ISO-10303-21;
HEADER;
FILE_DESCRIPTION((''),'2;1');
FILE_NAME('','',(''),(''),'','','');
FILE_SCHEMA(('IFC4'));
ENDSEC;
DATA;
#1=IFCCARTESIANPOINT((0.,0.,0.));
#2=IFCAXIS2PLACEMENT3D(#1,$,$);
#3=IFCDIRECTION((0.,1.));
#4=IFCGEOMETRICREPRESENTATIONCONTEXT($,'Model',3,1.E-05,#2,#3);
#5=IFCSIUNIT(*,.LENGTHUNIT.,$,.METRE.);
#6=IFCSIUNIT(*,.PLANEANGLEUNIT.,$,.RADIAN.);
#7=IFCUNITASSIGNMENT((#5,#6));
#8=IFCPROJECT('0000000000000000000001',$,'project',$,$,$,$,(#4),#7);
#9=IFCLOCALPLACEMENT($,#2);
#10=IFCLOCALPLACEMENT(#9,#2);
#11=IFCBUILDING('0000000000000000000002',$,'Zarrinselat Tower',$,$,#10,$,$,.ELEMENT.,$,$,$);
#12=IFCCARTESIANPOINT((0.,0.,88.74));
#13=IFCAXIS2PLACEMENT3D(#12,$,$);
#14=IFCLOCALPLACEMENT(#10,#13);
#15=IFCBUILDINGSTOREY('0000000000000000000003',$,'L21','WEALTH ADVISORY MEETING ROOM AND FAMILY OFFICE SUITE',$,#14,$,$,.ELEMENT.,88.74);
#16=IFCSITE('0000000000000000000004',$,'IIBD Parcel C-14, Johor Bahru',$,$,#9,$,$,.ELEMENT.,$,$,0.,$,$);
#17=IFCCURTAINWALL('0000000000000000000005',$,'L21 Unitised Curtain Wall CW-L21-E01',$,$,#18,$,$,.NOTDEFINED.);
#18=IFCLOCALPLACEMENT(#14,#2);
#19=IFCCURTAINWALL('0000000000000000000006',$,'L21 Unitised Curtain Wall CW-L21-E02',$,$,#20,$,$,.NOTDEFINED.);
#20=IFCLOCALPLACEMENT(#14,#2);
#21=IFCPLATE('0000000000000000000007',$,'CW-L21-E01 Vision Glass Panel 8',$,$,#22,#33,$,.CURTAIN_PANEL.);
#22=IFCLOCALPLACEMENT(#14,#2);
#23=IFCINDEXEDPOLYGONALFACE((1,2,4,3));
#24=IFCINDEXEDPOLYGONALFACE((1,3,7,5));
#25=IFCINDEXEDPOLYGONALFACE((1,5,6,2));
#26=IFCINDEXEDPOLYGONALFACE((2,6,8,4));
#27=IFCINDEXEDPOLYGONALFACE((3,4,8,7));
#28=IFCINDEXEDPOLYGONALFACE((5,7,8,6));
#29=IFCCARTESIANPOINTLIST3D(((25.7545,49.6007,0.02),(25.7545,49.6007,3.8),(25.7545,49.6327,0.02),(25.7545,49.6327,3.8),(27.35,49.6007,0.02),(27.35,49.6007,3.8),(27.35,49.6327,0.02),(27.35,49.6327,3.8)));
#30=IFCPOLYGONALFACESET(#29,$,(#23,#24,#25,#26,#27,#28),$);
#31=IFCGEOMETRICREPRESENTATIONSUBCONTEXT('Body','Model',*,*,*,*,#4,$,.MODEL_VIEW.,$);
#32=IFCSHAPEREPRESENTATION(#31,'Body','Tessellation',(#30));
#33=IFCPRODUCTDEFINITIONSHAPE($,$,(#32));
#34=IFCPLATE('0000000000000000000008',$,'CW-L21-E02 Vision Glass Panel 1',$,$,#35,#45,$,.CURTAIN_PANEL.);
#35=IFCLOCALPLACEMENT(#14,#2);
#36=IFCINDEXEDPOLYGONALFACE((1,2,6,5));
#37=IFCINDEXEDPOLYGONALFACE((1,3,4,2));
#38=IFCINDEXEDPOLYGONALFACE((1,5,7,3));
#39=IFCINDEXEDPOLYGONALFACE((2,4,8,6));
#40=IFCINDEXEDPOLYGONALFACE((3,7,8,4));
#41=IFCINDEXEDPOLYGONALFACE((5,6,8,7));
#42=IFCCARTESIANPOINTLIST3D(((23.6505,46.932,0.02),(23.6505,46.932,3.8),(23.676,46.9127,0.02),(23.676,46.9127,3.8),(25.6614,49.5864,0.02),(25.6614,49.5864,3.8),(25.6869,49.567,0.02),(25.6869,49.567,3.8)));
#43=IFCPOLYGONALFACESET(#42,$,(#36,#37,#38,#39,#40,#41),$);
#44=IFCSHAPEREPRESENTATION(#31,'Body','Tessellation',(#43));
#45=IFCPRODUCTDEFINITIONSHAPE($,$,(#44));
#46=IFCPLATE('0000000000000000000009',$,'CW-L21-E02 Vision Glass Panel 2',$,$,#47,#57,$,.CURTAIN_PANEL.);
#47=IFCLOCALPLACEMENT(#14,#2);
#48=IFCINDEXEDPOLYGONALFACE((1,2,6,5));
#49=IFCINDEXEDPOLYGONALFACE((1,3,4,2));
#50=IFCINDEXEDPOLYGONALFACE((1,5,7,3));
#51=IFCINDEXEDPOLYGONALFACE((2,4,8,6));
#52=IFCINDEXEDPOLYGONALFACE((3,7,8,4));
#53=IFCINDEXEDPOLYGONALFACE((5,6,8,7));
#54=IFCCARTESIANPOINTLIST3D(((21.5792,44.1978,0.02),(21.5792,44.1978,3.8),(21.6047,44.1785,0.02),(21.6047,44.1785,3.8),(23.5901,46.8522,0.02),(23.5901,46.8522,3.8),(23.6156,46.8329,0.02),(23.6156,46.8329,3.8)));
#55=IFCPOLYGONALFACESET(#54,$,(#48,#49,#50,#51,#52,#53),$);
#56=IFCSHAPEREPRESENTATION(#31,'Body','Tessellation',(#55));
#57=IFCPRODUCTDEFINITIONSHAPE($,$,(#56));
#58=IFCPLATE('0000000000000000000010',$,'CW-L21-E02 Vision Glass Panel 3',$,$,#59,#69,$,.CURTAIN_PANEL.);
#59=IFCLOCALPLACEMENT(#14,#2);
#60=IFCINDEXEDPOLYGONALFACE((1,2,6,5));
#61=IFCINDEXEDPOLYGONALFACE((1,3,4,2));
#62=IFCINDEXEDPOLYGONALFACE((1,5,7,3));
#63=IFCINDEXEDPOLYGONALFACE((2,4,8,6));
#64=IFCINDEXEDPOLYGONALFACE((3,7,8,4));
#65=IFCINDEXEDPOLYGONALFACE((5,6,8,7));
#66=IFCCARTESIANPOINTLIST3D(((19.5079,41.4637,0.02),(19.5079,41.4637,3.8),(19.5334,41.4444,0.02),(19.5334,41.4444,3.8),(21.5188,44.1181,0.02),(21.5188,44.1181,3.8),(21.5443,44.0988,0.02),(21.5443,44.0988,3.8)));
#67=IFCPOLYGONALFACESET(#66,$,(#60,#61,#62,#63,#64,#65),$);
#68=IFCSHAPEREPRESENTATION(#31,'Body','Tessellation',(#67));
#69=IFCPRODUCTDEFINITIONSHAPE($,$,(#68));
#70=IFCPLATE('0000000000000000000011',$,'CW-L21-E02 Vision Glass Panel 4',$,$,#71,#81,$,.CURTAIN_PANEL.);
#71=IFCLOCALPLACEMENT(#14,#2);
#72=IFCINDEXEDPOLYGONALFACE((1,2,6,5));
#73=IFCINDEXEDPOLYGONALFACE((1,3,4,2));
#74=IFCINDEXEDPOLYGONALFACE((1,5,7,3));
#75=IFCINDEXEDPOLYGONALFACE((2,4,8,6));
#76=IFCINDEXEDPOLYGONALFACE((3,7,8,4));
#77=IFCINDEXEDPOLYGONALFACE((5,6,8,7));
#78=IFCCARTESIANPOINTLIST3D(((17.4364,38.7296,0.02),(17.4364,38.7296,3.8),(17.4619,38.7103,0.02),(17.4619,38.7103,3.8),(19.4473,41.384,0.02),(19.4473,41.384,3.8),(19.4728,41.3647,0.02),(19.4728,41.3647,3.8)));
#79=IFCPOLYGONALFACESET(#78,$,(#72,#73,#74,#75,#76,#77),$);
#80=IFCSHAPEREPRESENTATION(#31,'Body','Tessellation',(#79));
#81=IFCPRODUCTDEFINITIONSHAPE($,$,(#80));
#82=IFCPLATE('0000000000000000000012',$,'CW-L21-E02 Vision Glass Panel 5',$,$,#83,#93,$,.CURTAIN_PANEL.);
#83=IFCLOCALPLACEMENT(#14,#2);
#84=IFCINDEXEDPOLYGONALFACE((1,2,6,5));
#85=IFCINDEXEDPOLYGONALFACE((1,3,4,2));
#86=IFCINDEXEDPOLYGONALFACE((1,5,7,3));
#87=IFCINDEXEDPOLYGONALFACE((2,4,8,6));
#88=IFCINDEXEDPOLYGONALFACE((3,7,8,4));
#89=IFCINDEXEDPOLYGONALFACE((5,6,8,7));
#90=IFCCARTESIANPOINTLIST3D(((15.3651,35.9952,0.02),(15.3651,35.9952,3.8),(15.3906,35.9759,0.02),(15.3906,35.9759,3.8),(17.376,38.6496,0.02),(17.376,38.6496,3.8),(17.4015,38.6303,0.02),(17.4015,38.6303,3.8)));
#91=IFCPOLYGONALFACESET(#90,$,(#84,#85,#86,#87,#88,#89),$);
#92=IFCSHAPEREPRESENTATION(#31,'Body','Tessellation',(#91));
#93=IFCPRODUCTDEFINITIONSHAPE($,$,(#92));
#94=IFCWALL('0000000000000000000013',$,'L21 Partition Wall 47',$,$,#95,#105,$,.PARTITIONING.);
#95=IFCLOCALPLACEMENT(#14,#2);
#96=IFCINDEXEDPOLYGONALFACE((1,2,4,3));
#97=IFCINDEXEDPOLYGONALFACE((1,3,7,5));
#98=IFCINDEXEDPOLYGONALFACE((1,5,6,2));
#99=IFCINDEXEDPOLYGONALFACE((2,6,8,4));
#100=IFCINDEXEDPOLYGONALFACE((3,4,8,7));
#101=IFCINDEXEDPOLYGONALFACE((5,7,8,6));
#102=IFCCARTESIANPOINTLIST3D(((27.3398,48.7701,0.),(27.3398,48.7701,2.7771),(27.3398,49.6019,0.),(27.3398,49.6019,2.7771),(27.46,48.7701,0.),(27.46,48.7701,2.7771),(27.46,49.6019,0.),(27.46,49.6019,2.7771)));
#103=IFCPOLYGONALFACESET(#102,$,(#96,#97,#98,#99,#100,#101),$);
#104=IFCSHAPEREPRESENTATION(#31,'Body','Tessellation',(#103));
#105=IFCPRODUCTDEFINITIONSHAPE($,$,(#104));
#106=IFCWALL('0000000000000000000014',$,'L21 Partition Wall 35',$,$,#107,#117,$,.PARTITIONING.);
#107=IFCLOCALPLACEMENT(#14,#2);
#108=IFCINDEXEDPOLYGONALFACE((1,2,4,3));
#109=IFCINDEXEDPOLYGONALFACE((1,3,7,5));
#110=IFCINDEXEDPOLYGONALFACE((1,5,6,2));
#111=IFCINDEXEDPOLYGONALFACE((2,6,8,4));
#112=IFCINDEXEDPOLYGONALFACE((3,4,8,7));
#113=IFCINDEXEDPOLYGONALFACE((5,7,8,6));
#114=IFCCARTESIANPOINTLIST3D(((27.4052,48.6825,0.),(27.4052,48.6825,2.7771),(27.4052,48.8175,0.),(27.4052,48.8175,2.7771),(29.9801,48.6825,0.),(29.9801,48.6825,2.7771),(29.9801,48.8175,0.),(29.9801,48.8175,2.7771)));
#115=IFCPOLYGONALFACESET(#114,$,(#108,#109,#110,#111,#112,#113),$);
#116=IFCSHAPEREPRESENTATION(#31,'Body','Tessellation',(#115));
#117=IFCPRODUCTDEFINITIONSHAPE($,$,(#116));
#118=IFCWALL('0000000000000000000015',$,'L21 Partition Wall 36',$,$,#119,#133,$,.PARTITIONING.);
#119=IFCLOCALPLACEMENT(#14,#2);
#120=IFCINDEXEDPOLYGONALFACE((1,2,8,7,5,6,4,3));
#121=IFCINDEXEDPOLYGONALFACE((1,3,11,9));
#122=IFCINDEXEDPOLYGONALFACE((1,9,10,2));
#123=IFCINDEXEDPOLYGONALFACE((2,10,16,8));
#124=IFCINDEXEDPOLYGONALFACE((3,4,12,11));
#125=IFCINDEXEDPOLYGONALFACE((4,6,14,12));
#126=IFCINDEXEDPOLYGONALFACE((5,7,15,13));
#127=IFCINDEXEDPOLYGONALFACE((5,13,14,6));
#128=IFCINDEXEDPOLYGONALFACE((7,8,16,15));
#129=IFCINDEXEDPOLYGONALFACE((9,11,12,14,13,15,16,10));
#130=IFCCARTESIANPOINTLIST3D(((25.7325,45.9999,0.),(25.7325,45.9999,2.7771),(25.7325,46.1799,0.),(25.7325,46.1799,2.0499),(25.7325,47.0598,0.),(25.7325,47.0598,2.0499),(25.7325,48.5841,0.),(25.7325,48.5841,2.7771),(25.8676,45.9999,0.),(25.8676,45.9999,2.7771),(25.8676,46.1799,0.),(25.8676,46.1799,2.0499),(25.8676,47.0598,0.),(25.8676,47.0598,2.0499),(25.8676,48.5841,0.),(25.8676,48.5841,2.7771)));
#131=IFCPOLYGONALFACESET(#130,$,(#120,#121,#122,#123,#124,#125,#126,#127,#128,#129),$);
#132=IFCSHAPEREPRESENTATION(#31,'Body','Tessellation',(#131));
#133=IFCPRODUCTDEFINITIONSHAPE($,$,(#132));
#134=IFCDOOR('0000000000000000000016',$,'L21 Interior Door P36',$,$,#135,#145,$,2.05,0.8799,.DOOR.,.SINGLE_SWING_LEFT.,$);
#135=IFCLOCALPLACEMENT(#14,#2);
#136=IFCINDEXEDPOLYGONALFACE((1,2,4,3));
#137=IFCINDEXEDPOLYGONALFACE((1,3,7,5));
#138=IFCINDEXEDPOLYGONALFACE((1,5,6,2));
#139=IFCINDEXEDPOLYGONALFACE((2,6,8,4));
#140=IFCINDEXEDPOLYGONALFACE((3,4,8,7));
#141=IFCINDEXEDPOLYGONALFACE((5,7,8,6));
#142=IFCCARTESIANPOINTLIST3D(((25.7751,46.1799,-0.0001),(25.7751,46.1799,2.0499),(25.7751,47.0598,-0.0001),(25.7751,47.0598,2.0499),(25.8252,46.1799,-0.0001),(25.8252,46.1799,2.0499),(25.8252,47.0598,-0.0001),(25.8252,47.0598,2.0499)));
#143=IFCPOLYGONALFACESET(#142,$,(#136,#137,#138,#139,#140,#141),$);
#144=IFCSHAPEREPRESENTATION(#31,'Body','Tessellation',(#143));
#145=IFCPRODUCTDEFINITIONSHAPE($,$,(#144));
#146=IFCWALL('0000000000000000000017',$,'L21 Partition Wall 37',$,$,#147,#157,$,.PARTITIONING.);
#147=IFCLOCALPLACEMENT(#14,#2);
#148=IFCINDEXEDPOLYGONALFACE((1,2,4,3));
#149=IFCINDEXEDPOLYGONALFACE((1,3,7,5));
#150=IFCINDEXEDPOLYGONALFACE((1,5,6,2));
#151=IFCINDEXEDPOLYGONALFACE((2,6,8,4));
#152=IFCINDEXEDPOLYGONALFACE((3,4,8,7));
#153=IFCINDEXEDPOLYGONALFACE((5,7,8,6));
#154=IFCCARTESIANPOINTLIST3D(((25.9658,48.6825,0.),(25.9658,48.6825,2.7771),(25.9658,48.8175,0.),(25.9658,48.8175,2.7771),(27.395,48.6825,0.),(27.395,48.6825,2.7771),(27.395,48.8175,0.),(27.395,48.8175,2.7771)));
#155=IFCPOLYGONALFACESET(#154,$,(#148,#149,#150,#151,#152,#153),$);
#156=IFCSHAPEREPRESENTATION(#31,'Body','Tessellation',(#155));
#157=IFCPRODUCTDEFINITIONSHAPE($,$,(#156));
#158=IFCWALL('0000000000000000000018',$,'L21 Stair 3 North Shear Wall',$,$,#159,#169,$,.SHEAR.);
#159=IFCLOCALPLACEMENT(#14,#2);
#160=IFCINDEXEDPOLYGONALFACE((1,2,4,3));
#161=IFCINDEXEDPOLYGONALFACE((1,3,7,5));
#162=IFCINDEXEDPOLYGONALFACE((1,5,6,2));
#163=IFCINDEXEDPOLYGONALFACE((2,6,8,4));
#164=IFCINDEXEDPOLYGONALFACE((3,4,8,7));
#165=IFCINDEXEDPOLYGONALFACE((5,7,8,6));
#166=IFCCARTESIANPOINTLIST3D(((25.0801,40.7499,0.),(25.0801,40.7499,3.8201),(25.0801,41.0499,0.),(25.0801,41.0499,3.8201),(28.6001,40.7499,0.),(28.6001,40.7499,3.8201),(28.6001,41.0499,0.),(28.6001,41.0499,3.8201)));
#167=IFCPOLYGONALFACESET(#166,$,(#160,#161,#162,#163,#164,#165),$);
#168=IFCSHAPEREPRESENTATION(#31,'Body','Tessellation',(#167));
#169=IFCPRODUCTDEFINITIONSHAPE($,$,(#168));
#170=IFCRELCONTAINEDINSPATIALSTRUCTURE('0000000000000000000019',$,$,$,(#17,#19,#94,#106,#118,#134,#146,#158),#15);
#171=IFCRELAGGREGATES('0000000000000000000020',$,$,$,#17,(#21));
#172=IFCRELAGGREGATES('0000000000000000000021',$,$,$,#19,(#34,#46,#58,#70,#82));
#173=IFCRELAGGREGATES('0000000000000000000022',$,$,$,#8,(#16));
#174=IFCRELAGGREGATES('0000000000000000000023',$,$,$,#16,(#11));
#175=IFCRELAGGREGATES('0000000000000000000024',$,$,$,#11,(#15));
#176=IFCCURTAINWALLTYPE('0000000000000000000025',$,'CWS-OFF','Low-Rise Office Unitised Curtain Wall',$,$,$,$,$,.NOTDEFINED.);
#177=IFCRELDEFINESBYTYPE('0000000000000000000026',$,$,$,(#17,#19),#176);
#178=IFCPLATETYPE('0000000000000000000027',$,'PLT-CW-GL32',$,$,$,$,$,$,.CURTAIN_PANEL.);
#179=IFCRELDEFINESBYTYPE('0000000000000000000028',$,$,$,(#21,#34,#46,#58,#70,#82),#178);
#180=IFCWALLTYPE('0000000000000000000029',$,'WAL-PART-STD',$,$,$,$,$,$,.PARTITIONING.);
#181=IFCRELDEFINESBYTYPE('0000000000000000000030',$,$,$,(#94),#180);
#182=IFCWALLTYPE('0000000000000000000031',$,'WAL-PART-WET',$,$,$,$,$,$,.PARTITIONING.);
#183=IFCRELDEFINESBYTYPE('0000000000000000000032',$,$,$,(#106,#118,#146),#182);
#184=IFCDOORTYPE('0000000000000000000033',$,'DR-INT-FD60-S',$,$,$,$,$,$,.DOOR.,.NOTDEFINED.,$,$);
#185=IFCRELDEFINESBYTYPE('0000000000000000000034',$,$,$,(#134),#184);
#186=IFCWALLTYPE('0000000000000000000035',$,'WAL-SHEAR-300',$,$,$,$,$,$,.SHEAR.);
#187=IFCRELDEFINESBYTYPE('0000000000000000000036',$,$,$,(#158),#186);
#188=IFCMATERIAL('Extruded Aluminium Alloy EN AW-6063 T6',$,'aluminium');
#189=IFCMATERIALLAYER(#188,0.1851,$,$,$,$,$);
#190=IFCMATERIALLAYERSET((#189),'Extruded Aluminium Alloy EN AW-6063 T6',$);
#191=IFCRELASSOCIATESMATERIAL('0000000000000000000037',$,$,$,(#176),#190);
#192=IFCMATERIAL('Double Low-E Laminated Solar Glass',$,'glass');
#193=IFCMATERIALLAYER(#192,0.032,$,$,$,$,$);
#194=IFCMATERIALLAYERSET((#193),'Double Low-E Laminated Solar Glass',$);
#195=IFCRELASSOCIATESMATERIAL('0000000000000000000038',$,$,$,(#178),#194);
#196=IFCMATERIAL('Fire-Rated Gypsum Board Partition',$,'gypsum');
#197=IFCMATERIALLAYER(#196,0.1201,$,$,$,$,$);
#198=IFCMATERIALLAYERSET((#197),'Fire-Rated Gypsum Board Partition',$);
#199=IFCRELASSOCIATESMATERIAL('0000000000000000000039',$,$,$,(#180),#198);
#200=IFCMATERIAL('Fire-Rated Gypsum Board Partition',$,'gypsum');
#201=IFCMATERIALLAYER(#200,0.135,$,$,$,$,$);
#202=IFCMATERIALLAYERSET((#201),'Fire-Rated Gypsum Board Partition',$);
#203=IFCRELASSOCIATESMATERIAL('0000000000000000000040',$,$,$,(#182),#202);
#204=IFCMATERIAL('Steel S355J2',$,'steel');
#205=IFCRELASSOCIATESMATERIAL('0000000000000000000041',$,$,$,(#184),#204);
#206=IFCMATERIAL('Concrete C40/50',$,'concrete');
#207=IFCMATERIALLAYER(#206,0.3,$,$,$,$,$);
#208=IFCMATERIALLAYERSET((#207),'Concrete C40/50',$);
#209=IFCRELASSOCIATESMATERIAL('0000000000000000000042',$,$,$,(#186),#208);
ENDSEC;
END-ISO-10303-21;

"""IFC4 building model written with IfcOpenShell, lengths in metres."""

from ifc_helpers import new_model, si_unit, direction, frame, frame_2d, origin, origin_2d, place, context, subcontext, project, spatial, rectangle, extrude, material, layer, layer_set, type_object, element, fill, aggregate, save


model = new_model("IFC4")

# Units and contexts
model_context = context("Model", 3, precision=1e-05, world=origin(), true_north=direction((0.0, 1.0)))
body_context = subcontext(model_context, "Body", "Model", "MODEL_VIEW")
ifc_project = project(units=[si_unit("LENGTHUNIT", "METRE"), si_unit("PLANEANGLEUNIT", "RADIAN")], contexts=[model_context])

# Site, building, storey
site_placement = place(None, origin())
site = spatial("IfcSite", under=ifc_project, at=site_placement, Name="IIBD Parcel C-14, Johor Bahru", CompositionType="ELEMENT", RefElevation=0.0)
building_placement = place(site_placement, origin())
building = spatial("IfcBuilding", under=site, at=building_placement, Name="Zarrinselat Tower", CompositionType="ELEMENT")
storey_placement = place(building_placement, frame((0.0, 0.0, 88.74)))
storey = spatial("IfcBuildingStorey", under=building, at=storey_placement, Name="L21", Description="WEALTH ADVISORY MEETING ROOM AND FAMILY OFFICE SUITE", CompositionType="ELEMENT", Elevation=88.74)

# Curtain walls
ifc_material_1 = material(Name="Extruded Aluminium Alloy EN AW-6063 T6", Category="aluminium")
ifc_layer_1 = layer(ifc_material_1, 0.1851)
ifc_layer_set_1 = layer_set([ifc_layer_1], Name="Extruded Aluminium Alloy EN AW-6063 T6")
curtain_wall_type = type_object("IfcCurtainWallType", Name="CWS-OFF", Description="Low-Rise Office Unitised Curtain Wall", PredefinedType="NOTDEFINED", material=ifc_layer_set_1)
curtain_wall_1_placement = place(storey_placement, origin())
curtain_wall_1 = element("IfcCurtainWall", 1, at=curtain_wall_1_placement, inside=storey, type_object=curtain_wall_type, Name="L21 Unitised Curtain Wall CW-L21-E01", PredefinedType="NOTDEFINED")
curtain_wall_2_placement = place(storey_placement, origin())
curtain_wall_2 = element("IfcCurtainWall", 2, at=curtain_wall_2_placement, inside=storey, type_object=curtain_wall_type, Name="L21 Unitised Curtain Wall CW-L21-E02", PredefinedType="NOTDEFINED")

# Plates
ifc_material_2 = material(Name="Double Low-E Laminated Solar Glass", Category="glass")
ifc_layer_2 = layer(ifc_material_2, 0.032)
ifc_layer_set_2 = layer_set([ifc_layer_2], Name="Double Low-E Laminated Solar Glass")
plate_type = type_object("IfcPlateType", Name="PLT-CW-GL32", PredefinedType="CURTAIN_PANEL", material=ifc_layer_set_2)
plate_1_placement = place(storey_placement, frame((26.5522, 49.6167, 0.02), z_axis=(0.0, 0.0, 1.0), x_axis=(-1.0, 0.0, 0.0)))
plate_1 = element("IfcPlate", 3, at=plate_1_placement, type_object=plate_type, Name="CW-L21-E01 Vision Glass Panel 8", PredefinedType="CURTAIN_PANEL", context=body_context, shape_type="SweptSolid", body=[
    extrude(rectangle(XDim=1.5955, YDim=0.032, at=origin_2d()), origin(), (0.0, 0.0, 1.0), 3.78),
])
aggregate(curtain_wall_1, [plate_1])
plate_2_placement = place(storey_placement, frame((24.6687, 48.2495, 0.02), z_axis=(0.0, 0.0, 1.0), x_axis=(-0.603857, -0.797093, 0.0)))
plate_2 = element("IfcPlate", 4, at=plate_2_placement, type_object=plate_type, Name="CW-L21-E02 Vision Glass Panel 1", PredefinedType="CURTAIN_PANEL", context=body_context, shape_type="SweptSolid", body=[
    extrude(rectangle(XDim=3.3301, YDim=0.032, at=origin_2d()), origin(), (0.0, 0.0, 1.0), 3.78),
])
plate_3_placement = place(storey_placement, frame((22.5974, 45.5154, 0.02), z_axis=(0.0, 0.0, 1.0), x_axis=(-0.603857, -0.797093, 0.0)))
plate_3 = element("IfcPlate", 5, at=plate_3_placement, type_object=plate_type, Name="CW-L21-E02 Vision Glass Panel 2", PredefinedType="CURTAIN_PANEL", context=body_context, shape_type="SweptSolid", body=[
    extrude(rectangle(XDim=3.3301, YDim=0.032, at=origin_2d()), origin(), (0.0, 0.0, 1.0), 3.78),
])
plate_4_placement = place(storey_placement, frame((20.5261, 42.7812, 0.02), z_axis=(0.0, 0.0, 1.0), x_axis=(-0.603857, -0.797093, 0.0)))
plate_4 = element("IfcPlate", 6, at=plate_4_placement, type_object=plate_type, Name="CW-L21-E02 Vision Glass Panel 3", PredefinedType="CURTAIN_PANEL", context=body_context, shape_type="SweptSolid", body=[
    extrude(rectangle(XDim=3.3301, YDim=0.032, at=origin_2d()), origin(), (0.0, 0.0, 1.0), 3.78),
])
plate_5_placement = place(storey_placement, frame((18.4546, 40.0471, 0.02), z_axis=(0.0, 0.0, 1.0), x_axis=(-0.603857, -0.797093, 0.0)))
plate_5 = element("IfcPlate", 7, at=plate_5_placement, type_object=plate_type, Name="CW-L21-E02 Vision Glass Panel 4", PredefinedType="CURTAIN_PANEL", context=body_context, shape_type="SweptSolid", body=[
    extrude(rectangle(XDim=3.3301, YDim=0.032, at=origin_2d()), origin(), (0.0, 0.0, 1.0), 3.78),
])
plate_6_placement = place(storey_placement, frame((16.3833, 37.3127, 0.02), z_axis=(0.0, 0.0, 1.0), x_axis=(-0.603857, -0.797093, 0.0)))
plate_6 = element("IfcPlate", 8, at=plate_6_placement, type_object=plate_type, Name="CW-L21-E02 Vision Glass Panel 5", PredefinedType="CURTAIN_PANEL", context=body_context, shape_type="SweptSolid", body=[
    extrude(rectangle(XDim=3.3301, YDim=0.032, at=origin_2d()), origin(), (0.0, 0.0, 1.0), 3.78),
])
aggregate(curtain_wall_2, [plate_2, plate_3, plate_4, plate_5, plate_6])

# Walls
ifc_material_3 = material(Name="Fire-Rated Gypsum Board Partition", Category="gypsum")
ifc_layer_3 = layer(ifc_material_3, 0.1201)
ifc_layer_set_3 = layer_set([ifc_layer_3], Name="Fire-Rated Gypsum Board Partition")
wall_type_1 = type_object("IfcWallType", Name="WAL-PART-STD", PredefinedType="PARTITIONING", material=ifc_layer_set_3)
wall_1_placement = place(storey_placement, frame((27.3999, 48.77, 0.0), z_axis=(0.0, 0.0, 1.0), x_axis=(0.0, 1.0, 0.0)))
element("IfcWall", 9, at=wall_1_placement, inside=storey, type_object=wall_type_1, Name="L21 Partition Wall 47", PredefinedType="PARTITIONING", context=body_context, shape_type="SweptSolid", body=[
    extrude(rectangle(XDim=0.8318, YDim=0.1201, at=frame_2d((0.416, 0.0))), origin(), (0.0, 0.0, 1.0), 2.7771),
])
ifc_material_4 = material(Name="Fire-Rated Gypsum Board Partition", Category="gypsum")
ifc_layer_4 = layer(ifc_material_4, 0.135)
ifc_layer_set_4 = layer_set([ifc_layer_4], Name="Fire-Rated Gypsum Board Partition")
wall_type_2 = type_object("IfcWallType", Name="WAL-PART-WET", PredefinedType="PARTITIONING", material=ifc_layer_set_4)
wall_2_placement = place(storey_placement, frame((27.405, 48.75, 0.0), z_axis=(0.0, 0.0, 1.0), x_axis=(1.0, 0.0, 0.0)))
element("IfcWall", 10, at=wall_2_placement, inside=storey, type_object=wall_type_2, Name="L21 Partition Wall 35", PredefinedType="PARTITIONING", context=body_context, shape_type="SweptSolid", body=[
    extrude(rectangle(XDim=2.575, YDim=0.135, at=frame_2d((1.2876, 0.0))), origin(), (0.0, 0.0, 1.0), 2.7771),
])

# Wall, opening, door
wall_3_placement = place(storey_placement, frame((25.8, 46.0, 0.0), z_axis=(0.0, 0.0, 1.0), x_axis=(0.0, 1.0, 0.0)))
wall_3 = element("IfcWall", 11, at=wall_3_placement, inside=storey, type_object=wall_type_2, Name="L21 Partition Wall 36", PredefinedType="PARTITIONING", context=body_context, shape_type="SweptSolid", body=[
    extrude(rectangle(XDim=2.5842, YDim=0.135, at=frame_2d((1.292, 0.0))), origin(), (0.0, 0.0, 1.0), 2.7771),
])
opening_placement = place(wall_3_placement, frame((0.1799, 0.0, 0.0)))
opening = element("IfcOpeningElement", 12, at=opening_placement, cuts=wall_3, PredefinedType="OPENING", context=body_context, shape_type="SweptSolid", body=[
    extrude(rectangle(XDim=0.8799, YDim=2.05, at=frame_2d((0.4399, 1.0249))), frame((0.0, 0.0774, 0.0), z_axis=(0.0, -1.0, 0.0), x_axis=(1.0, 0.0, 0.0)), (0.0, 0.0, 1.0), 0.155),
])
ifc_material_5 = material(Name="Steel S355J2", Category="steel")
door_type = type_object("IfcDoorType", Name="DR-INT-FD60-S", OperationType="NOTDEFINED", PredefinedType="DOOR", material=ifc_material_5)
door_placement = place(opening_placement, origin())
door = element("IfcDoor", 13, at=door_placement, inside=storey, type_object=door_type, Name="L21 Interior Door P36", OperationType="SINGLE_SWING_LEFT", OverallHeight=2.05, OverallWidth=0.8799, PredefinedType="DOOR", context=body_context, shape_type="SweptSolid", body=[
    extrude(rectangle(XDim=0.8799, YDim=2.05, at=frame_2d((0.4399, 1.0249))), frame((0.0, 0.0249, 0.0), z_axis=(0.0, -1.0, 0.0), x_axis=(1.0, 0.0, 0.0)), (0.0, 0.0, 1.0), 0.05),
])
fill(opening, door)

# Walls
wall_4_placement = place(storey_placement, frame((25.9658, 48.75, 0.0), z_axis=(0.0, 0.0, 1.0), x_axis=(1.0, 0.0, 0.0)))
element("IfcWall", 14, at=wall_4_placement, inside=storey, type_object=wall_type_2, Name="L21 Partition Wall 37", PredefinedType="PARTITIONING", context=body_context, shape_type="SweptSolid", body=[
    extrude(rectangle(XDim=1.4292, YDim=0.135, at=frame_2d((0.7146, 0.0))), origin(), (0.0, 0.0, 1.0), 2.7771),
])
ifc_material_6 = material(Name="Concrete C40/50", Category="concrete")
ifc_layer_5 = layer(ifc_material_6, 0.3)
ifc_layer_set_5 = layer_set([ifc_layer_5], Name="Concrete C40/50")
wall_type_3 = type_object("IfcWallType", Name="WAL-SHEAR-300", PredefinedType="SHEAR", material=ifc_layer_set_5)
wall_5_placement = place(storey_placement, frame((25.0801, 40.8999, 0.0), z_axis=(0.0, 0.0, 1.0), x_axis=(1.0, 0.0, 0.0)))
element("IfcWall", 15, at=wall_5_placement, inside=storey, type_object=wall_type_3, Name="L21 Stair 3 North Shear Wall", PredefinedType="SHEAR", context=body_context, shape_type="SweptSolid", body=[
    extrude(rectangle(XDim=3.52, YDim=0.3, at=frame_2d((1.76, 0.0))), origin(), (0.0, 0.0, 1.0), 3.8201),
])

save(model, "model.ifc")
